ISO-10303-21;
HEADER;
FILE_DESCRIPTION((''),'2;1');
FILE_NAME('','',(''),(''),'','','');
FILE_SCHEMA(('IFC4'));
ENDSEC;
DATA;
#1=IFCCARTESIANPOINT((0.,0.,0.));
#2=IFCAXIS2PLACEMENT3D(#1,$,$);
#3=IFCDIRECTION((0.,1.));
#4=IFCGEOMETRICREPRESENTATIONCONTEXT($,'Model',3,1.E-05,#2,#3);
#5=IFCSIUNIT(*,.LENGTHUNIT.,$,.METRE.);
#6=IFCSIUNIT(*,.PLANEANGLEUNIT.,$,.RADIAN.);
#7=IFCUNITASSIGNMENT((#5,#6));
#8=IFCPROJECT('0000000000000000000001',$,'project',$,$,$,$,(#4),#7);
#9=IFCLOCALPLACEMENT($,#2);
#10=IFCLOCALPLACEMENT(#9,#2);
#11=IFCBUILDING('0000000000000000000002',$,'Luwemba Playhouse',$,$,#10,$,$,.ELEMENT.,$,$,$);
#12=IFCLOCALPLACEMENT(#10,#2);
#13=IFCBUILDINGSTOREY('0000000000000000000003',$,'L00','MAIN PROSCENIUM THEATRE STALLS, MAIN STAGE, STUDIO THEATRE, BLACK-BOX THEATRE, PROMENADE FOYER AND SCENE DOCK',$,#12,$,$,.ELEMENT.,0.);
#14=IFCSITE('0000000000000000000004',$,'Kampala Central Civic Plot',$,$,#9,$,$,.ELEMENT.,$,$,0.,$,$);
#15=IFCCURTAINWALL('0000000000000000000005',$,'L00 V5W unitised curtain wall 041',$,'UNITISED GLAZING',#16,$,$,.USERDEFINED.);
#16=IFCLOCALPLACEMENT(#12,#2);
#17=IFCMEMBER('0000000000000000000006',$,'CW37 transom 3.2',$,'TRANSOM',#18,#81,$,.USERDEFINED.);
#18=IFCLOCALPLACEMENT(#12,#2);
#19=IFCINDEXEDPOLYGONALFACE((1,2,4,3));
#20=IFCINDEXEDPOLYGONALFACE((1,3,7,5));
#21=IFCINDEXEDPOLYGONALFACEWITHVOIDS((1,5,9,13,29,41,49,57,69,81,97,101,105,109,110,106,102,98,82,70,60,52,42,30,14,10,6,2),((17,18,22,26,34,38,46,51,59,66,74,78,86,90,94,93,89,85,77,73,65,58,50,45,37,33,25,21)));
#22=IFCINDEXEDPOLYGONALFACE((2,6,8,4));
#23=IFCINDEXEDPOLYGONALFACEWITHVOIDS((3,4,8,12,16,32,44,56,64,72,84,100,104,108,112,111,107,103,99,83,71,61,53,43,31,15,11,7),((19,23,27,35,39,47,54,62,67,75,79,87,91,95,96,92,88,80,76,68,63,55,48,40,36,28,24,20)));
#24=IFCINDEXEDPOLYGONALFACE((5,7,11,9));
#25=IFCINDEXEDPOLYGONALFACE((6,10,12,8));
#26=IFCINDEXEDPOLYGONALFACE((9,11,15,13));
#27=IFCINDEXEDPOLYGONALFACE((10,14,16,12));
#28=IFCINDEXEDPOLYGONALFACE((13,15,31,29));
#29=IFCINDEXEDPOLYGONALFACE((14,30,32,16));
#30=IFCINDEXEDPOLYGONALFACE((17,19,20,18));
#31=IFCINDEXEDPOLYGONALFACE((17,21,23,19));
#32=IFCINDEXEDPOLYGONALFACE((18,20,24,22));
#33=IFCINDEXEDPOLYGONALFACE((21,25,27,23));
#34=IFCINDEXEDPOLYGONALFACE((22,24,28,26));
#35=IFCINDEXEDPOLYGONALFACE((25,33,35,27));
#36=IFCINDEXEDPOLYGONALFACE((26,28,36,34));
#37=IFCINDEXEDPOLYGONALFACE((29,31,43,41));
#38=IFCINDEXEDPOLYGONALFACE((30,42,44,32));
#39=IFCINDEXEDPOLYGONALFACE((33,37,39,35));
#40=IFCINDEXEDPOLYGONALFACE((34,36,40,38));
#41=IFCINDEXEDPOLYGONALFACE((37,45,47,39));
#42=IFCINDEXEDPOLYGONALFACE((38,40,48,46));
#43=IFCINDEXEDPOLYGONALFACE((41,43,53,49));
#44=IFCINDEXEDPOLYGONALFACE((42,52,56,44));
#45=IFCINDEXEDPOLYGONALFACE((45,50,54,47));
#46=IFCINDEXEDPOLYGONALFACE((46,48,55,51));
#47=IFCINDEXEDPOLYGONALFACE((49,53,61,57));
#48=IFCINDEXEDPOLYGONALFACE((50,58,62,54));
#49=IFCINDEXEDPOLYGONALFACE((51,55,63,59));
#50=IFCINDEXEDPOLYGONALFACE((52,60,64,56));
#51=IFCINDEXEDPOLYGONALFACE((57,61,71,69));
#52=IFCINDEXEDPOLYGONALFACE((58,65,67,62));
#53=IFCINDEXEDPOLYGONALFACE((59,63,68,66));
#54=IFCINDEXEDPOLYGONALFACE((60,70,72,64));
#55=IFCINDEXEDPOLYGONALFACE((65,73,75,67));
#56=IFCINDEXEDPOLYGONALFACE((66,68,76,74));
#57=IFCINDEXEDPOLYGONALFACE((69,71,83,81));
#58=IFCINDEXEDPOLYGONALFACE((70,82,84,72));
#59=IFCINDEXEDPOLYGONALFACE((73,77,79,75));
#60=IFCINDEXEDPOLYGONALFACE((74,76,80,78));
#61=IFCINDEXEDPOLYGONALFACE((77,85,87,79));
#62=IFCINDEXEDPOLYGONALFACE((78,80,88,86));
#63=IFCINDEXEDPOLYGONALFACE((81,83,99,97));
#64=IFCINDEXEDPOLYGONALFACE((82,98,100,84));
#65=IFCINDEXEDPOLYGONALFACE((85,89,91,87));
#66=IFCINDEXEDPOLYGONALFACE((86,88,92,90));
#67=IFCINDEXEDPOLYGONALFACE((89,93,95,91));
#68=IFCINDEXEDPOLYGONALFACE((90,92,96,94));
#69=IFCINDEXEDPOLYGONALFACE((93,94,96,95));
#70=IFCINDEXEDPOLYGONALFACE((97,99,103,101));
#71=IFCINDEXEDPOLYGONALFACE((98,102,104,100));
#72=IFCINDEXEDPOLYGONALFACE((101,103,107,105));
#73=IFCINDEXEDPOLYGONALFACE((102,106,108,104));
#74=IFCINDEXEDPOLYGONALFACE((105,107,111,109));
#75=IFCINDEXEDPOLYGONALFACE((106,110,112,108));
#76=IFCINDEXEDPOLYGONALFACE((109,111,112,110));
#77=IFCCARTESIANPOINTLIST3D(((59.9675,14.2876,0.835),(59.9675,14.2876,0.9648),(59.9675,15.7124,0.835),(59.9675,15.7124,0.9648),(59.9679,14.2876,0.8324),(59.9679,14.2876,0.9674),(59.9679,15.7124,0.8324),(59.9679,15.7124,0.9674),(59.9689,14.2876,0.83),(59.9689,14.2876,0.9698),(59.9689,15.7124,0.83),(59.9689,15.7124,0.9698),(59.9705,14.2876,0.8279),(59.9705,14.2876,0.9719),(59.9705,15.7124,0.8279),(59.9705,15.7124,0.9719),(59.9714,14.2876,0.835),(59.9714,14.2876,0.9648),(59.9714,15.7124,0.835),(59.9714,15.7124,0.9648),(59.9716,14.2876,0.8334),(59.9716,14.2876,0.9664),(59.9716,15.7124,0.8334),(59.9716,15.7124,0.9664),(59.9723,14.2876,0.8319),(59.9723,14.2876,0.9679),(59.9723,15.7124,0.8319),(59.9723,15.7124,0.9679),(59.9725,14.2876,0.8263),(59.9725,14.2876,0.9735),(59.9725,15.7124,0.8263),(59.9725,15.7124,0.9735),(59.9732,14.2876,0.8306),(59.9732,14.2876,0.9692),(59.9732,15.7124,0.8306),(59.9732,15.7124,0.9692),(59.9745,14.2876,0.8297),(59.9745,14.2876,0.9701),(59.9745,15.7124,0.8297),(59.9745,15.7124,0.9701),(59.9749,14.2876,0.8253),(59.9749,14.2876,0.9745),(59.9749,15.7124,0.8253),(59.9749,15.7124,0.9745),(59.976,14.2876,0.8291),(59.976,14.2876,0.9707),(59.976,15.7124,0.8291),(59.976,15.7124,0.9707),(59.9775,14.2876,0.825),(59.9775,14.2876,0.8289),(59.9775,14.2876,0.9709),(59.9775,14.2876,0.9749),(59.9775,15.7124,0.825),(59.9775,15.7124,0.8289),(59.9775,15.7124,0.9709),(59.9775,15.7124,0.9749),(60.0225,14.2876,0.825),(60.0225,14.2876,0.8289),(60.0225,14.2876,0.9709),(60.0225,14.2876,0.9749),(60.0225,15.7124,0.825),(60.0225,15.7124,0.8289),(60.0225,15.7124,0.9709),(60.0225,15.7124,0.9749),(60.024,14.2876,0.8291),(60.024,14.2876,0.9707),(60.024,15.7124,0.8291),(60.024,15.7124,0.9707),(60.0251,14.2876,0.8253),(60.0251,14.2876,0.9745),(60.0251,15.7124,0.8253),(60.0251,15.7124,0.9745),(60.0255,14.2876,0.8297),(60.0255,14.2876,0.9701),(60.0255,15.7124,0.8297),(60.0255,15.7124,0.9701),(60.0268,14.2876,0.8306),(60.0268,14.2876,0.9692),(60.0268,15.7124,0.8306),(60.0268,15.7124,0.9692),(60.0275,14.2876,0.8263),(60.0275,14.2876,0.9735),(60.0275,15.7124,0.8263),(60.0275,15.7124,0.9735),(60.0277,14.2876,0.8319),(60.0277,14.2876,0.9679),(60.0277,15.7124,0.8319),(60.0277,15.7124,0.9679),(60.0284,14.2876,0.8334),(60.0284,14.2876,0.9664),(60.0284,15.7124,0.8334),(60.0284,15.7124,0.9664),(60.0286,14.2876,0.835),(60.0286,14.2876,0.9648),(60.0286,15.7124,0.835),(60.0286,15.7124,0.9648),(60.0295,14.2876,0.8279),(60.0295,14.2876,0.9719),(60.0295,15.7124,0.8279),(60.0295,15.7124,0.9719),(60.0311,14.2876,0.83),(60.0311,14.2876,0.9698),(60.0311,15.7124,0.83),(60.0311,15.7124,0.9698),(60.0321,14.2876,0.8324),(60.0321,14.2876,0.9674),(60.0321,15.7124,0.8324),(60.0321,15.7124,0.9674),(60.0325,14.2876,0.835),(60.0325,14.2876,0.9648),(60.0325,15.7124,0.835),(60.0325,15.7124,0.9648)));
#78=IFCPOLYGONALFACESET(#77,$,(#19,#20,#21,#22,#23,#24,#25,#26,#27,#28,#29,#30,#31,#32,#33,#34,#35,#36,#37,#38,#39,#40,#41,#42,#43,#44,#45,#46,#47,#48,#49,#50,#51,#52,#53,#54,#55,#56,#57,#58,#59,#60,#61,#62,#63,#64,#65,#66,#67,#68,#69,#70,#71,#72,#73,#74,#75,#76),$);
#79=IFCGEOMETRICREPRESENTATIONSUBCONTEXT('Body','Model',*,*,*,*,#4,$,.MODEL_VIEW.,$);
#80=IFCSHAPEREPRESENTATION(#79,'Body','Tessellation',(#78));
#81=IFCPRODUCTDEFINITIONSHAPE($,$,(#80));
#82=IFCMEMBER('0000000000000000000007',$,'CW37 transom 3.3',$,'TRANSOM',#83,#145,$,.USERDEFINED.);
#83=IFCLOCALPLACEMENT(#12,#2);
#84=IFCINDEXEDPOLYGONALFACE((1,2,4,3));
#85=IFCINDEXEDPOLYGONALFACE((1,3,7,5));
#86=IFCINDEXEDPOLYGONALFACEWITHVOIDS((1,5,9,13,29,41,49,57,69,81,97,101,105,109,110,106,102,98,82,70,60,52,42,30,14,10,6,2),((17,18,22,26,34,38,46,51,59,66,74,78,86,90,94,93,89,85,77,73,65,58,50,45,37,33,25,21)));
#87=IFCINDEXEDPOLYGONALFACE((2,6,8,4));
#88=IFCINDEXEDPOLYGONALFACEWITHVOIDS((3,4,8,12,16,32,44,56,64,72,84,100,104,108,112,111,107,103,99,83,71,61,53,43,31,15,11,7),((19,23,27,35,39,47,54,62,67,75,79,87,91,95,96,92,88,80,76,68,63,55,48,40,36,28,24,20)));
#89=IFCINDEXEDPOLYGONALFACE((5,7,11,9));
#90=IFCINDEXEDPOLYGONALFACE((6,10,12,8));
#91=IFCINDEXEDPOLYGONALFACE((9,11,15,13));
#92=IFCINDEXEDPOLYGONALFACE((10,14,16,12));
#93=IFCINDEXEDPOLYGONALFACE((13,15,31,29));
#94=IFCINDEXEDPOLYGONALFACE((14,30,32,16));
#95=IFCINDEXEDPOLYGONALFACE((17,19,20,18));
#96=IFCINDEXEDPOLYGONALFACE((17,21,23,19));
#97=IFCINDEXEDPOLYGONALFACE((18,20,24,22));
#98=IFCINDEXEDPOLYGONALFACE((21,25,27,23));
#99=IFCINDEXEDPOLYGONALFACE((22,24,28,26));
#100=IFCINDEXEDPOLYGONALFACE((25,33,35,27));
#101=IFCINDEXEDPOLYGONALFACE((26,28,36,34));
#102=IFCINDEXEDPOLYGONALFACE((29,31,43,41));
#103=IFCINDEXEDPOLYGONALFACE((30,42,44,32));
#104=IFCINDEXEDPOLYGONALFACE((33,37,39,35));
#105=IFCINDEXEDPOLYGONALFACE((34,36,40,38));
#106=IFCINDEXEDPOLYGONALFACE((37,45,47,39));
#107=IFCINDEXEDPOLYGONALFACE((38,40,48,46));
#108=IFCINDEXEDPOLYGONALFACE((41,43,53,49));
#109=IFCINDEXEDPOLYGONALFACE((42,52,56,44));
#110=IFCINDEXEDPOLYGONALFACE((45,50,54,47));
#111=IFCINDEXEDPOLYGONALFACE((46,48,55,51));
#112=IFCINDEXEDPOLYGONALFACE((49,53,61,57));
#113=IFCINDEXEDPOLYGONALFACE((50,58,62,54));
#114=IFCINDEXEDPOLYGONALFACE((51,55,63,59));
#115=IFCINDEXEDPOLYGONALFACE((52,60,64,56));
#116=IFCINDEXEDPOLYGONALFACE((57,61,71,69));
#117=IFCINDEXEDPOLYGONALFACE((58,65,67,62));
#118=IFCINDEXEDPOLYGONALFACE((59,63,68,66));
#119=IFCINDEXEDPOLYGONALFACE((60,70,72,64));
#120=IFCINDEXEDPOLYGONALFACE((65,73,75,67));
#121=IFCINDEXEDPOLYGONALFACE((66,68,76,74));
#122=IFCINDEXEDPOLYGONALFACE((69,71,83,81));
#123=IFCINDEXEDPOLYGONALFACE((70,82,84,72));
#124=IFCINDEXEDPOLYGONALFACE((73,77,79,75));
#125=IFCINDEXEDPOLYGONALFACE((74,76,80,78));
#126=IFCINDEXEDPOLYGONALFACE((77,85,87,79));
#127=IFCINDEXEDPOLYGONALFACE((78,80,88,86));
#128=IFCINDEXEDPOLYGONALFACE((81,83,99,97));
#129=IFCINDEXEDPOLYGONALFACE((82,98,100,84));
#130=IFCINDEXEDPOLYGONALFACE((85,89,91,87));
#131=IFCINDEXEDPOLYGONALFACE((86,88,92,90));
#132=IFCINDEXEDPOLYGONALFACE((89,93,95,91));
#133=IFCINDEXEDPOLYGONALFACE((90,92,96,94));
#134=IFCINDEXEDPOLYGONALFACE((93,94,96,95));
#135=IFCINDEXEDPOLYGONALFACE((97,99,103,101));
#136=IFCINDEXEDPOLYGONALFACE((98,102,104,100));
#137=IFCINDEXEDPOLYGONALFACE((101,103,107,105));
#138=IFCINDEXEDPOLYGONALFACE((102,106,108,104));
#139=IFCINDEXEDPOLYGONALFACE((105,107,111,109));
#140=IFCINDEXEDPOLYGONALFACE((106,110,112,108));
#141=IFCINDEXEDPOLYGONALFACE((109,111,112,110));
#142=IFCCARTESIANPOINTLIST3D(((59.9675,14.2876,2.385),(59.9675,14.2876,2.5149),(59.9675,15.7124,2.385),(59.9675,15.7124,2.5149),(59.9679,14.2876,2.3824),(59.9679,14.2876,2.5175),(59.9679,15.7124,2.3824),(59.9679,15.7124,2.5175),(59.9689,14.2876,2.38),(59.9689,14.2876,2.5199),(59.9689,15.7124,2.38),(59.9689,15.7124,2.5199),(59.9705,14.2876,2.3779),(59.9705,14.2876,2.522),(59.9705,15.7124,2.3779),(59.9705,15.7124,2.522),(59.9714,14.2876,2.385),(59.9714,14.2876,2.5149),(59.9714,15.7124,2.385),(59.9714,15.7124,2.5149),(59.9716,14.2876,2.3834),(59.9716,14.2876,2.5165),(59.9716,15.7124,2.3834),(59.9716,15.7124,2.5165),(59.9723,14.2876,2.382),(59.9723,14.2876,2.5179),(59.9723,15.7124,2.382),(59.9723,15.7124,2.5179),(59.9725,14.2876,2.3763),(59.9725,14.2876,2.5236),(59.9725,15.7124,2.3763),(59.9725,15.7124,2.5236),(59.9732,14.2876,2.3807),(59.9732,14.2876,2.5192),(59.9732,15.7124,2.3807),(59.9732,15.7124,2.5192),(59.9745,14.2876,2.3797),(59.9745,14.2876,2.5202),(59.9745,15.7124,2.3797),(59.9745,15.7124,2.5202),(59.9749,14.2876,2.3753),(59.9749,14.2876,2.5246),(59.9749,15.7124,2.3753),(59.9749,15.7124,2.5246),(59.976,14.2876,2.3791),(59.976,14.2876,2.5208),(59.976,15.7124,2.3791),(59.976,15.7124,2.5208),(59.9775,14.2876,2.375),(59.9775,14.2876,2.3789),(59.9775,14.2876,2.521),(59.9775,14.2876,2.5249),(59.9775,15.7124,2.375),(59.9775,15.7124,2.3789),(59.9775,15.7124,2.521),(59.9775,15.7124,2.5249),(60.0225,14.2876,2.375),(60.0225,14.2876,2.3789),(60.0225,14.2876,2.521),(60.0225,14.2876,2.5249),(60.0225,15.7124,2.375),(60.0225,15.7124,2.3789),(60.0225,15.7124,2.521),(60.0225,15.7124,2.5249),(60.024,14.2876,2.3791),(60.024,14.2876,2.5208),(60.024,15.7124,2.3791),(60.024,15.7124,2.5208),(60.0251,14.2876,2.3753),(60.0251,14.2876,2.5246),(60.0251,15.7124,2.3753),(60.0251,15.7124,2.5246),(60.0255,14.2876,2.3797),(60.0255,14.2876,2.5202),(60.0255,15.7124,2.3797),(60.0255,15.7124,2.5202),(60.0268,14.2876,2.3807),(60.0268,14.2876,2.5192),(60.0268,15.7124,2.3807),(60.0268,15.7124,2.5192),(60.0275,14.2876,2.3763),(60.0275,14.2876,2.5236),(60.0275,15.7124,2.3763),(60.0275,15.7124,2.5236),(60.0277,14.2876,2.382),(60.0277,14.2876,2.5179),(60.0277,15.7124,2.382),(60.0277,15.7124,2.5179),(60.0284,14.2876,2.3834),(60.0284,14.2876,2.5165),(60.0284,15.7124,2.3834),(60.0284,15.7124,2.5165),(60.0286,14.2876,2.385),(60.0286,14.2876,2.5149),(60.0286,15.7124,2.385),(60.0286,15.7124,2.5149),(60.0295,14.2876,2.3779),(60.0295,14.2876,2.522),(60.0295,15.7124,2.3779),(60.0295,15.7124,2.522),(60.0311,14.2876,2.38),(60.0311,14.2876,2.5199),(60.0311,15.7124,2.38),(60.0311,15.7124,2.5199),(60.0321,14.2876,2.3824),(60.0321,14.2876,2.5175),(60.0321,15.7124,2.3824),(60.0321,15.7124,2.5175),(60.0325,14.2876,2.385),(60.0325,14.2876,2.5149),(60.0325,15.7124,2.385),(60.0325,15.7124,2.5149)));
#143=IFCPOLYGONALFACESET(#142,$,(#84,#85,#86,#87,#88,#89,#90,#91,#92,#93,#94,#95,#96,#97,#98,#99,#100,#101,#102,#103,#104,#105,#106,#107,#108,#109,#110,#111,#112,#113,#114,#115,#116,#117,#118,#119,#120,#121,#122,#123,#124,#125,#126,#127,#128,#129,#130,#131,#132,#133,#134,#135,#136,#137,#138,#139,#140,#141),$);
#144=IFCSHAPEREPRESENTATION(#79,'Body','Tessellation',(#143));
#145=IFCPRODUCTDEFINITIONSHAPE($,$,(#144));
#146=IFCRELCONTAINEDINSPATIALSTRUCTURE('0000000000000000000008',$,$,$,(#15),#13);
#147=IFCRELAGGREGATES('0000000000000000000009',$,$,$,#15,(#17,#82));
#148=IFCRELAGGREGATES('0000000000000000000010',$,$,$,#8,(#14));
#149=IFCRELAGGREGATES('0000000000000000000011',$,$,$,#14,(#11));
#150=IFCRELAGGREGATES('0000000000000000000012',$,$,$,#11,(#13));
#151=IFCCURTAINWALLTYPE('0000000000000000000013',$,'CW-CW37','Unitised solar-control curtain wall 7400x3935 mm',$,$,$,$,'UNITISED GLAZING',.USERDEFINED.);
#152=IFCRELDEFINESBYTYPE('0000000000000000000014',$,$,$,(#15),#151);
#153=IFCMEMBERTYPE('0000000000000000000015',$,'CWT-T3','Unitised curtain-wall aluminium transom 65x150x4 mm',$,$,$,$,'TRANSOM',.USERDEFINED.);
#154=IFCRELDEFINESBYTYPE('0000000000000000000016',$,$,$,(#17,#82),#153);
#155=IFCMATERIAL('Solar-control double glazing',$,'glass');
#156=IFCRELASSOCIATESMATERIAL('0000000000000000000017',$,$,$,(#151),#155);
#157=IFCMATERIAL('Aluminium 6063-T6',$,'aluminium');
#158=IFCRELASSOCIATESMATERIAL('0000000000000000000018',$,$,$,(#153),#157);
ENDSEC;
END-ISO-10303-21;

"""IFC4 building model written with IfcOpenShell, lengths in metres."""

from ifc_helpers import new_model, si_unit, direction, frame, origin, origin_2d, place, context, subcontext, project, spatial, hollow_rectangle, extrude, material, material_profile, profile_set, type_object, element, aggregate, save


model = new_model("IFC4")

# Units and contexts
model_context = context("Model", 3, precision=1e-05, world=origin(), true_north=direction((0.0, 1.0)))
body_context = subcontext(model_context, "Body", "Model", "MODEL_VIEW")
ifc_project = project(units=[si_unit("LENGTHUNIT", "METRE"), si_unit("PLANEANGLEUNIT", "RADIAN")], contexts=[model_context])

# Site, building, storey
site_placement = place(None, origin())
site = spatial("IfcSite", under=ifc_project, at=site_placement, Name="Kampala Central Civic Plot", CompositionType="ELEMENT", RefElevation=0.0)
building_placement = place(site_placement, origin())
building = spatial("IfcBuilding", under=site, at=building_placement, Name="Luwemba Playhouse", CompositionType="ELEMENT")
storey_placement = place(building_placement, origin())
storey = spatial("IfcBuildingStorey", under=building, at=storey_placement, Name="L00", Description="MAIN PROSCENIUM THEATRE STALLS, MAIN STAGE, STUDIO THEATRE, BLACK-BOX THEATRE, PROMENADE FOYER AND SCENE DOCK", CompositionType="ELEMENT", Elevation=0.0)

# Curtain wall, members
ifc_material_1 = material(Name="Solar-control double glazing", Category="glass")
curtain_wall_type = type_object("IfcCurtainWallType", Name="CW-CW37", Description="Unitised solar-control curtain wall 7400x3935 mm", ElementType="UNITISED GLAZING", PredefinedType="USERDEFINED", material=ifc_material_1)
curtain_wall_placement = place(storey_placement, origin())
curtain_wall = element("IfcCurtainWall", 1, at=curtain_wall_placement, inside=storey, type_object=curtain_wall_type, Name="L00 V5W unitised curtain wall 041", ObjectType="UNITISED GLAZING", PredefinedType="USERDEFINED")
ifc_material_2 = material(Name="Aluminium 6063-T6", Category="aluminium")
ifc_material_profile_1 = material_profile(ifc_material_2, hollow_rectangle(XDim=0.0649, YDim=0.1499, WallThickness=0.0039, InnerFilletRadius=0.0061, OuterFilletRadius=0.01, at=origin_2d()))
ifc_profile_set_1 = profile_set([ifc_material_profile_1], Name="Aluminium 6063-T6")
member_type_1 = type_object("IfcMemberType", Name="CWT-T3", Description="Unitised curtain-wall aluminium transom 65x150x4 mm", ElementType="TRANSOM", PredefinedType="USERDEFINED", material=ifc_profile_set_1)
member_1_placement = place(storey_placement, frame((60.0, 15.7124, 0.8999), z_axis=(0.0, -1.0, 0.0), x_axis=(1.0, 0.0, 0.0)))
member_1 = element("IfcMember", 2, at=member_1_placement, type_object=member_type_1, Name="CW37 transom 3.2", ObjectType="TRANSOM", PredefinedType="USERDEFINED", context=body_context, shape_type="SweptSolid", body=[
    extrude(hollow_rectangle(XDim=0.0649, YDim=0.1499, WallThickness=0.0039, InnerFilletRadius=0.0061, OuterFilletRadius=0.01, at=origin_2d()), origin(), (0.0, 0.0, 1.0), 1.4248),
])
member_2_placement = place(storey_placement, frame((60.0, 15.7124, 2.45), z_axis=(0.0, -1.0, 0.0), x_axis=(1.0, 0.0, 0.0)))
member_2 = element("IfcMember", 3, at=member_2_placement, type_object=member_type_1, Name="CW37 transom 3.3", ObjectType="TRANSOM", PredefinedType="USERDEFINED", context=body_context, shape_type="SweptSolid", body=[
    extrude(hollow_rectangle(XDim=0.0649, YDim=0.1499, WallThickness=0.0039, InnerFilletRadius=0.0061, OuterFilletRadius=0.01, at=origin_2d()), origin(), (0.0, 0.0, 1.0), 1.4248),
])
aggregate(curtain_wall, [member_1, member_2])

save(model, "model.ifc")
